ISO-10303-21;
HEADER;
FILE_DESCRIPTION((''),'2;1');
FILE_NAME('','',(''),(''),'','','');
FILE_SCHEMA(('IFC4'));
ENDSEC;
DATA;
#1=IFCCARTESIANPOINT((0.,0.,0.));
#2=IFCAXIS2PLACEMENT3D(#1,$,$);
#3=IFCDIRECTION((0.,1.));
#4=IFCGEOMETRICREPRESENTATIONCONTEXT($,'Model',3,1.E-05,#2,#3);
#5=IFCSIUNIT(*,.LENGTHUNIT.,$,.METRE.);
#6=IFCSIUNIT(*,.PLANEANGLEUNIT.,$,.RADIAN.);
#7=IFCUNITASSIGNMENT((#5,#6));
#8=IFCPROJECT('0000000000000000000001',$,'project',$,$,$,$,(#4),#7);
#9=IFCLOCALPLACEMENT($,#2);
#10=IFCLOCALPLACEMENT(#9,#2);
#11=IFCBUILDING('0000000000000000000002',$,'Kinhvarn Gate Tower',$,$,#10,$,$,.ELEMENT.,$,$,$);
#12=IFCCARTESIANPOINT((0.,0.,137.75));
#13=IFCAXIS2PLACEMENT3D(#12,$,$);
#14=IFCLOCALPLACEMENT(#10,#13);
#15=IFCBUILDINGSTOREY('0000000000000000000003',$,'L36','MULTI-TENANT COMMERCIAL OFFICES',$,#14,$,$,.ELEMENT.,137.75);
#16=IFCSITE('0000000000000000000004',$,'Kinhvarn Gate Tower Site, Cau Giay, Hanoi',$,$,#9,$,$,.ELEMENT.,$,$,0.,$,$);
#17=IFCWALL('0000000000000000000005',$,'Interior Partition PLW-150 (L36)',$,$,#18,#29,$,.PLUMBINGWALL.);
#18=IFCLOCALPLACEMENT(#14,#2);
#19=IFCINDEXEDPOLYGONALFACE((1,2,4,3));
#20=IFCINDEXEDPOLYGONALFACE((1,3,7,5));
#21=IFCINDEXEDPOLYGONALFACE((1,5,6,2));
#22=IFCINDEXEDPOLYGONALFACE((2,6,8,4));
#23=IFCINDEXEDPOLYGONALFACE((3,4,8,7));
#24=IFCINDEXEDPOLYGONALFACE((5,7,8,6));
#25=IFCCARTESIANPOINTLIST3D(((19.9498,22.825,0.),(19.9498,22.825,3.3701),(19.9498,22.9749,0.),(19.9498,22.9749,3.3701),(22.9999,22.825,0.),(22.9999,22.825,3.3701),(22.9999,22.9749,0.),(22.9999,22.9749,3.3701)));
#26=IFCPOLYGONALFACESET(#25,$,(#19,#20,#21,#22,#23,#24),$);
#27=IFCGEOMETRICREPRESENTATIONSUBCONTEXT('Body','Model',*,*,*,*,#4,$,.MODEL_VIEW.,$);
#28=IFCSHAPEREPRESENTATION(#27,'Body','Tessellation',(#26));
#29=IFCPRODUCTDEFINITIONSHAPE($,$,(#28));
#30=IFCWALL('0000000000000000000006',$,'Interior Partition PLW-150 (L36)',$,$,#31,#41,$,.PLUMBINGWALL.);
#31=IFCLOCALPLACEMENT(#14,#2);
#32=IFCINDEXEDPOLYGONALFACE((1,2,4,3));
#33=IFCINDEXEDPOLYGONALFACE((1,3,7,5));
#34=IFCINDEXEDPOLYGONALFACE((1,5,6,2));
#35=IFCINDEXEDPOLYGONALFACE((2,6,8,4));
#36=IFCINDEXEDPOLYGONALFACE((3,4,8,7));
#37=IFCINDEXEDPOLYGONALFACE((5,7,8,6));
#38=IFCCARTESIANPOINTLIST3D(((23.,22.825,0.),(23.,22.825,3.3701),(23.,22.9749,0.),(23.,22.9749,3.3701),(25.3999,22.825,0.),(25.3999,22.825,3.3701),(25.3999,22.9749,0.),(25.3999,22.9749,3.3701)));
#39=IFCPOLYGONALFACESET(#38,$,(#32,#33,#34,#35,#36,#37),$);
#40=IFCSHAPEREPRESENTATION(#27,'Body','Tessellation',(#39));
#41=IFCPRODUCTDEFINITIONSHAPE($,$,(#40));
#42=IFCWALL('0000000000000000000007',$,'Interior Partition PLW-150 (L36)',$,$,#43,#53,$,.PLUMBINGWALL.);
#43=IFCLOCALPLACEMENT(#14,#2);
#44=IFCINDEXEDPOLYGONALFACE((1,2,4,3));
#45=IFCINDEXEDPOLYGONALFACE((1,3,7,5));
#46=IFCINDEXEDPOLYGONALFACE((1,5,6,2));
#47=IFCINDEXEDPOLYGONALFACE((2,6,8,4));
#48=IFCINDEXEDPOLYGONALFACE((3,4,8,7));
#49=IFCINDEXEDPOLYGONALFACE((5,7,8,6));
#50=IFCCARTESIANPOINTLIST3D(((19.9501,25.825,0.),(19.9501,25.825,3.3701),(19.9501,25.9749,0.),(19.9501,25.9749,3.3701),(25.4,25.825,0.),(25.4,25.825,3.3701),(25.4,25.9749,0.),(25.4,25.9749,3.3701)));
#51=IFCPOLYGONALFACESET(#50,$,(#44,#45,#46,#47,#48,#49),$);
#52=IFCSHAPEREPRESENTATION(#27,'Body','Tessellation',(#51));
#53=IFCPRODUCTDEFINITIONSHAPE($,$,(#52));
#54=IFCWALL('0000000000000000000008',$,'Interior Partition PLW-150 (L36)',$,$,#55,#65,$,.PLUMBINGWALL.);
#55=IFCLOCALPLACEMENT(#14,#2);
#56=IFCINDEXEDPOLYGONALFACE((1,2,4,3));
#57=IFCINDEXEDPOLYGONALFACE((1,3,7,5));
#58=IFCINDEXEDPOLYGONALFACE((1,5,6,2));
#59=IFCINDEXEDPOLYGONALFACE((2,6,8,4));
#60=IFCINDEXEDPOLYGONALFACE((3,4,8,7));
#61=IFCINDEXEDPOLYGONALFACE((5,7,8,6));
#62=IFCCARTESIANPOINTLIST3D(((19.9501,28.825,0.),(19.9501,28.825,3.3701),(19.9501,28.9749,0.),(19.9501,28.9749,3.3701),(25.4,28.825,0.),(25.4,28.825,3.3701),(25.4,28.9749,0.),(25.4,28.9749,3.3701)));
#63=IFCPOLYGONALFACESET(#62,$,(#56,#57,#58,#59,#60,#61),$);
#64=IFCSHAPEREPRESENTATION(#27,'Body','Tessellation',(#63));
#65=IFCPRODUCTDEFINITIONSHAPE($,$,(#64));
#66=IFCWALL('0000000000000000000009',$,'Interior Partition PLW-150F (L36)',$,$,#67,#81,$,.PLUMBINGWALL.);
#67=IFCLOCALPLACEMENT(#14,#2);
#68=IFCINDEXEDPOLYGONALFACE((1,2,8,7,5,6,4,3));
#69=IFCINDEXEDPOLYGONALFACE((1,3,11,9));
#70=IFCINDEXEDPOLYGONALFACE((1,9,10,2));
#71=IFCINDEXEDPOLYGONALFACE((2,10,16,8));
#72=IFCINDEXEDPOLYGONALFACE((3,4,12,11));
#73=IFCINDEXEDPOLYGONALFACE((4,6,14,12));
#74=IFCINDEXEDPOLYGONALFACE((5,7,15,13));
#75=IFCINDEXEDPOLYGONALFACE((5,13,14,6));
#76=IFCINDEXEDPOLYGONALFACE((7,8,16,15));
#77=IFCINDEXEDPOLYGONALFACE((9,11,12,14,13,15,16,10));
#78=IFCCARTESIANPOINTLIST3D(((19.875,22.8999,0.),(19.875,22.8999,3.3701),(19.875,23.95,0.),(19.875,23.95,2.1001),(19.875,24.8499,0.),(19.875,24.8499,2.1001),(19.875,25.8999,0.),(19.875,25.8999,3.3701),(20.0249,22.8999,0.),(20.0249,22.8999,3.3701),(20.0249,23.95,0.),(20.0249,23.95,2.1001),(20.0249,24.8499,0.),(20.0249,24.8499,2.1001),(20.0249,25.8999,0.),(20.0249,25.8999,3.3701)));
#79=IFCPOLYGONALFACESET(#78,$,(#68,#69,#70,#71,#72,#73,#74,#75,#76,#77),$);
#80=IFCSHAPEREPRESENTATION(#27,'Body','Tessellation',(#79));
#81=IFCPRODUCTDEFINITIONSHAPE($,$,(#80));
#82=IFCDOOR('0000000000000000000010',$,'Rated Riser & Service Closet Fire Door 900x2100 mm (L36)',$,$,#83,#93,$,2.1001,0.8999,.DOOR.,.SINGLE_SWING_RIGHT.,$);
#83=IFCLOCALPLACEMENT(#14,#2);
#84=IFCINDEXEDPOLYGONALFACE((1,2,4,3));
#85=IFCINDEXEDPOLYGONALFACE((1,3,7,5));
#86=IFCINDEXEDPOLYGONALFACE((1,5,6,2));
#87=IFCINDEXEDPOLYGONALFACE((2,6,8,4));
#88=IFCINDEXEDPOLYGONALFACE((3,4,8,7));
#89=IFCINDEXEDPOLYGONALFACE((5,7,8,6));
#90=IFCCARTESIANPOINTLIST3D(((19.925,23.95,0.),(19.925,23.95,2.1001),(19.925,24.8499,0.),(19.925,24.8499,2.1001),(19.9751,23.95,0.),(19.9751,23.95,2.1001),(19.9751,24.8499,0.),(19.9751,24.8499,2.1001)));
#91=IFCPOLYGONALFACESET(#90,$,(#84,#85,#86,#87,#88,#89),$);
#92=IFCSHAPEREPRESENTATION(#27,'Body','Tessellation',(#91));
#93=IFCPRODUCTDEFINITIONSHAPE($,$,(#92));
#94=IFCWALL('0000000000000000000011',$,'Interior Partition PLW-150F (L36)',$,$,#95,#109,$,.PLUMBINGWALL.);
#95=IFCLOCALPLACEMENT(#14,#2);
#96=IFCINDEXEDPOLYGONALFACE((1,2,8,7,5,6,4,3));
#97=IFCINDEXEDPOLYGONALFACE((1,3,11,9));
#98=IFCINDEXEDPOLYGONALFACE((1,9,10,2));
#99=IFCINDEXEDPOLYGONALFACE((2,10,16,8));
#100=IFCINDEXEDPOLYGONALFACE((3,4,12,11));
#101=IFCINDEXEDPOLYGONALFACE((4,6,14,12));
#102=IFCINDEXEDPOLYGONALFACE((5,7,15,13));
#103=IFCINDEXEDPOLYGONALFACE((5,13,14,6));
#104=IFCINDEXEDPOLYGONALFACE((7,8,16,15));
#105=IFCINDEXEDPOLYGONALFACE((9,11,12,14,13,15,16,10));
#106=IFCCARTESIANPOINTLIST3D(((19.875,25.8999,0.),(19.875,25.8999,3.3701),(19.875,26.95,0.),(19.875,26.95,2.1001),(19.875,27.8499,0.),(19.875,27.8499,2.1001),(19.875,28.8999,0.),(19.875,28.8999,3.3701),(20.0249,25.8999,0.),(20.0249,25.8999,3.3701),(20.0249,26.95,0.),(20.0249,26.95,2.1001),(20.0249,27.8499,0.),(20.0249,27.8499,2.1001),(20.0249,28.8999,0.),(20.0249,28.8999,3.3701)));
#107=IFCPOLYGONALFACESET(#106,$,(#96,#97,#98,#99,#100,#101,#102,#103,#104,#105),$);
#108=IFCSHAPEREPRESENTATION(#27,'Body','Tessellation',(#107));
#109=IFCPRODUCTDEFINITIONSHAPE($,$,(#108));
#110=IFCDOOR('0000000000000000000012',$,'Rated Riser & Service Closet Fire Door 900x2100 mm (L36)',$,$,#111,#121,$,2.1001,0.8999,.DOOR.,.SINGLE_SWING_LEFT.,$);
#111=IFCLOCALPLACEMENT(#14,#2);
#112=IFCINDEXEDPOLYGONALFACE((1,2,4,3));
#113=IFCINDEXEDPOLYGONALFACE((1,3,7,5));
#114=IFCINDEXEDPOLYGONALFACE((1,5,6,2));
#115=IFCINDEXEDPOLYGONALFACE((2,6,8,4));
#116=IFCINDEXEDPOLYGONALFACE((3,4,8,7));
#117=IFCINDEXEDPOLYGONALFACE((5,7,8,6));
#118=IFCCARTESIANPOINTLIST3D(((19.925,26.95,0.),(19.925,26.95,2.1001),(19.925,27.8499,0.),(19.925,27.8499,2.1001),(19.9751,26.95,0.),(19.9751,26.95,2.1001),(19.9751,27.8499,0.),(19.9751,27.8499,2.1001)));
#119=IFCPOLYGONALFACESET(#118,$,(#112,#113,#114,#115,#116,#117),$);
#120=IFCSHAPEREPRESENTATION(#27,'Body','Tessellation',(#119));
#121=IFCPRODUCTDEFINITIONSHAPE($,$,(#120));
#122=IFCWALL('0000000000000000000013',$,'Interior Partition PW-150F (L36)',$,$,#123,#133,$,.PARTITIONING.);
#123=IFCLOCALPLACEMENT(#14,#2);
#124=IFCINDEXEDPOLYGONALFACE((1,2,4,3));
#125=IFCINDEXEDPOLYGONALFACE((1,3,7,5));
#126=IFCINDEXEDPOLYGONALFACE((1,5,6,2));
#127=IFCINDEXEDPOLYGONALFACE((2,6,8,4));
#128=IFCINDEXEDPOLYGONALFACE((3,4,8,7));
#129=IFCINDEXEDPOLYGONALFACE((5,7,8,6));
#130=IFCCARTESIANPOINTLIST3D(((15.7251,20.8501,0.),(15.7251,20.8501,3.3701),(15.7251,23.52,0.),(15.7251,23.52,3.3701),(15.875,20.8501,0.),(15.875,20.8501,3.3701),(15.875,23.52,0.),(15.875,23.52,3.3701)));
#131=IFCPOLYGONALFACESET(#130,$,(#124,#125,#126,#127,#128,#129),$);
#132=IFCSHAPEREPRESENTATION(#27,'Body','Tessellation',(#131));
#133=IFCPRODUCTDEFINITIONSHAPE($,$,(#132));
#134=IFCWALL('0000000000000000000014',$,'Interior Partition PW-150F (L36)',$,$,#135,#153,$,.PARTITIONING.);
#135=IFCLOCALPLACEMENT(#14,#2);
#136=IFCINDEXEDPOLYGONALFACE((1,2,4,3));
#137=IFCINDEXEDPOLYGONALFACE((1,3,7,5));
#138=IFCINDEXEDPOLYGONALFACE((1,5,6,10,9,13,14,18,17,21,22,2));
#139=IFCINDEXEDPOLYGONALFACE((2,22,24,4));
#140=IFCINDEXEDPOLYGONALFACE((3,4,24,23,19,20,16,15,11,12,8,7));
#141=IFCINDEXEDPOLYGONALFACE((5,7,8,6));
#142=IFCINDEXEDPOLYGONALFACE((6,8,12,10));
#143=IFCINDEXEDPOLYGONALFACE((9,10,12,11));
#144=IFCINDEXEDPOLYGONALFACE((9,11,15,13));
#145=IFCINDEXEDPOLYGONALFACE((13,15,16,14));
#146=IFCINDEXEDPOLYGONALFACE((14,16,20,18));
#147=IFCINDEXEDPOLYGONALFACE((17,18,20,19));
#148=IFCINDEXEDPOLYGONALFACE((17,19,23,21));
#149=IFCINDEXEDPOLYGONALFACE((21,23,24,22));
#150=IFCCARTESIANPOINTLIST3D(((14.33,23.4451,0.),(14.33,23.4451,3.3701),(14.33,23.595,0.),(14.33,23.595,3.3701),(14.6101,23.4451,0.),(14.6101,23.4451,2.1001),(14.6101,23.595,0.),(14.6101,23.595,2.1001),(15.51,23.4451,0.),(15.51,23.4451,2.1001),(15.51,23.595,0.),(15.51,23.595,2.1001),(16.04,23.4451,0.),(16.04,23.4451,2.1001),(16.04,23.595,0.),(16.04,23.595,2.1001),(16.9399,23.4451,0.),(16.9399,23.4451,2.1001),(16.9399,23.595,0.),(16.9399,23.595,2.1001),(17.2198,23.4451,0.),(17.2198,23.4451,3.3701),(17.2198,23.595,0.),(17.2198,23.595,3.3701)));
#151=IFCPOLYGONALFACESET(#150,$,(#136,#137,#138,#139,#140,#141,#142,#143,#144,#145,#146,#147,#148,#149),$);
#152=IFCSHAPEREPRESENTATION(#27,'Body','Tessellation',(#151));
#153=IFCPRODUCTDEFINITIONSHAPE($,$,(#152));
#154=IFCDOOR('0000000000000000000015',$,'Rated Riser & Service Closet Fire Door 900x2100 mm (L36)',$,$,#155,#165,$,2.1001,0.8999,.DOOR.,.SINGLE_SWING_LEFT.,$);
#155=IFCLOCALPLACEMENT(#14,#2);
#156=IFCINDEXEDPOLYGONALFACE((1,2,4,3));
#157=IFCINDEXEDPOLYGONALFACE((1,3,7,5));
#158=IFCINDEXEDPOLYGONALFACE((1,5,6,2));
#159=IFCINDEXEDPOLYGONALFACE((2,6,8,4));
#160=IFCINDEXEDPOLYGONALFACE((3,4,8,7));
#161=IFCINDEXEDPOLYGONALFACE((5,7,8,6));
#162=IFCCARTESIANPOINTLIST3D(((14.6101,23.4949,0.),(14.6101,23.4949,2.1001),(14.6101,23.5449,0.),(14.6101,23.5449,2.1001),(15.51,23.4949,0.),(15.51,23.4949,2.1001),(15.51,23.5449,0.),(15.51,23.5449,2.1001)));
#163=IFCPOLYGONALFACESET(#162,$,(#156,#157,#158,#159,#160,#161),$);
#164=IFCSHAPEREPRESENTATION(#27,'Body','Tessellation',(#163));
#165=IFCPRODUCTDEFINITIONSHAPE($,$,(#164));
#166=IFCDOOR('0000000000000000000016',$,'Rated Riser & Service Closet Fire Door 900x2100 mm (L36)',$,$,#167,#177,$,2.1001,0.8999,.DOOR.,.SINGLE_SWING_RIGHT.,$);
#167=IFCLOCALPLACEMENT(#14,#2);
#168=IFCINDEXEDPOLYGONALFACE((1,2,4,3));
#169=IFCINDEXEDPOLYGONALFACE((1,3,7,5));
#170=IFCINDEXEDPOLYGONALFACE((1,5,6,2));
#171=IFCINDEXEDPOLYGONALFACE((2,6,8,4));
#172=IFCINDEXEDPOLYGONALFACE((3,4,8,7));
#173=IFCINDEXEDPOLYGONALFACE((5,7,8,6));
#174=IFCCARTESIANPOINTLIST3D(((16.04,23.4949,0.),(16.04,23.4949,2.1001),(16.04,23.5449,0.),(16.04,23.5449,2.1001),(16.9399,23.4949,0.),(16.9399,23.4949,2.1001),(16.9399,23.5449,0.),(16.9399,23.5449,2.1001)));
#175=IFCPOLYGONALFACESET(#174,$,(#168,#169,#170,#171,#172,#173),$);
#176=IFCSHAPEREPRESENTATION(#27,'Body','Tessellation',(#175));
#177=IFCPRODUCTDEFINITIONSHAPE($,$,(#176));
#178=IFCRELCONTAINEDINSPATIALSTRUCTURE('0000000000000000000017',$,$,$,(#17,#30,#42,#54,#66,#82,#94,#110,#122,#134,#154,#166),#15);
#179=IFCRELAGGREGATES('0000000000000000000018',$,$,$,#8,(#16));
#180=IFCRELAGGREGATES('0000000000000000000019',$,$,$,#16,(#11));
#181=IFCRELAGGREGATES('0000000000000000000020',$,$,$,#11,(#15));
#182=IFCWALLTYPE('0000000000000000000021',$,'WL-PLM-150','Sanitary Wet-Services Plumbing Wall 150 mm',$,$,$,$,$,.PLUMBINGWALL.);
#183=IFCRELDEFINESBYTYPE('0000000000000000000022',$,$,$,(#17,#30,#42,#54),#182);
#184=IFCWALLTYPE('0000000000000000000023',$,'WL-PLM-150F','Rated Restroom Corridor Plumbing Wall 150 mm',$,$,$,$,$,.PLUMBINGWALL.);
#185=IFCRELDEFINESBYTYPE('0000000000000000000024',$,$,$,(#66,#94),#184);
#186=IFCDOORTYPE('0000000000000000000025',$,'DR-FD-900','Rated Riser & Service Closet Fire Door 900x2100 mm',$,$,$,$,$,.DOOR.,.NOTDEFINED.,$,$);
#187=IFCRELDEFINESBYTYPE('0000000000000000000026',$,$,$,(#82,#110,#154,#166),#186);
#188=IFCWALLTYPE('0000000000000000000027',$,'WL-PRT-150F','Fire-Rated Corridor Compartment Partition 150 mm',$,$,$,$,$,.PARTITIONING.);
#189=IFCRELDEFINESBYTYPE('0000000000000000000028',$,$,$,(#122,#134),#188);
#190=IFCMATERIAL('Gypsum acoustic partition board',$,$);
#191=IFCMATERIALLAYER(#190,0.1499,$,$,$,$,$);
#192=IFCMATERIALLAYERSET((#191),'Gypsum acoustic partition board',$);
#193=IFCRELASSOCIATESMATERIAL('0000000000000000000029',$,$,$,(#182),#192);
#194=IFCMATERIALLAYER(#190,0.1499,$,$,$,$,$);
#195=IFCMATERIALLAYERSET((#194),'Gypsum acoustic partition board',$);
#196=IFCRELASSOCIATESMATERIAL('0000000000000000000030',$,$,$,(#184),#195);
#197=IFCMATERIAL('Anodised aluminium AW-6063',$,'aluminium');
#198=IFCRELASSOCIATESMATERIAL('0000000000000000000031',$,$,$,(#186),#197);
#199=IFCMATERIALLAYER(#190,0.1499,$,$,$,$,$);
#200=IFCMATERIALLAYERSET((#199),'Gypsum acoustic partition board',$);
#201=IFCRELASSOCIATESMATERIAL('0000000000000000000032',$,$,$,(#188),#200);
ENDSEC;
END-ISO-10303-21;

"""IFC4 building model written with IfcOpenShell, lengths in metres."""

from ifc_helpers import new_model, si_unit, direction, frame, frame_2d, origin, place, context, subcontext, project, spatial, rectangle, extrude, material, layer, layer_set, type_object, element, fill, save


model = new_model("IFC4")

# Units and contexts
model_context = context("Model", 3, precision=1e-05, world=origin(), true_north=direction((0.0, 1.0)))
body_context = subcontext(model_context, "Body", "Model", "MODEL_VIEW")
ifc_project = project(units=[si_unit("LENGTHUNIT", "METRE"), si_unit("PLANEANGLEUNIT", "RADIAN")], contexts=[model_context])

# Site, building, storey
site_placement = place(None, origin())
site = spatial("IfcSite", under=ifc_project, at=site_placement, Name="Kinhvarn Gate Tower Site, Cau Giay, Hanoi", CompositionType="ELEMENT", RefElevation=0.0)
building_placement = place(site_placement, origin())
building = spatial("IfcBuilding", under=site, at=building_placement, Name="Kinhvarn Gate Tower", CompositionType="ELEMENT")
storey_placement = place(building_placement, frame((0.0, 0.0, 137.75)))
storey = spatial("IfcBuildingStorey", under=building, at=storey_placement, Name="L36", Description="MULTI-TENANT COMMERCIAL OFFICES", CompositionType="ELEMENT", Elevation=137.75)

# Shared definitions
ifc_material_1 = material(Name="Anodised aluminium AW-6063", Category="aluminium")

# Walls
ifc_material_2 = material(Name="Gypsum acoustic partition board")
ifc_layer_1 = layer(ifc_material_2, 0.1499)
ifc_layer_set_1 = layer_set([ifc_layer_1], Name="Gypsum acoustic partition board")
wall_type_1 = type_object("IfcWallType", Name="WL-PLM-150", Description="Sanitary Wet-Services Plumbing Wall 150 mm", PredefinedType="PLUMBINGWALL", material=ifc_layer_set_1)
wall_1_placement = place(storey_placement, frame((19.95, 22.8999, 0.0), z_axis=(0.0, 0.0, 1.0), x_axis=(1.0, 0.0, 0.0)))
element("IfcWall", 1, at=wall_1_placement, inside=storey, type_object=wall_type_1, Name="Interior Partition PLW-150 (L36)", PredefinedType="PLUMBINGWALL", context=body_context, shape_type="SweptSolid", body=[
    extrude(rectangle(XDim=3.05, YDim=0.1499, at=frame_2d((1.5249, 0.0))), origin(), (0.0, 0.0, 1.0), 3.3701),
])
wall_2_placement = place(storey_placement, frame((23.0, 22.8999, 0.0), z_axis=(0.0, 0.0, 1.0), x_axis=(1.0, 0.0, 0.0)))
element("IfcWall", 2, at=wall_2_placement, inside=storey, type_object=wall_type_1, Name="Interior Partition PLW-150 (L36)", PredefinedType="PLUMBINGWALL", context=body_context, shape_type="SweptSolid", body=[
    extrude(rectangle(XDim=2.3999, YDim=0.1499, at=frame_2d((1.2, 0.0))), origin(), (0.0, 0.0, 1.0), 3.3701),
])
for number, where, z_axis, x_axis, name in (
    (3, (19.95, 25.8999, 0.0), (0.0, 0.0, 1.0), (1.0, 0.0, 0.0), "Interior Partition PLW-150 (L36)"),
    (4, (19.95, 28.8999, 0.0), (0.0, 0.0, 1.0), (1.0, 0.0, 0.0), "Interior Partition PLW-150 (L36)"),
):
    element("IfcWall", number, at=place(storey_placement, frame(where, z_axis=z_axis, x_axis=x_axis)), inside=storey, type_object=wall_type_1, Name=name, PredefinedType="PLUMBINGWALL", context=body_context, shape_type="SweptSolid", body=[
        extrude(rectangle(XDim=5.45, YDim=0.1499, at=frame_2d((2.7251, 0.0))), origin(), (0.0, 0.0, 1.0), 3.3701),
    ])

# Walls, openings, doors
ifc_layer_2 = layer(ifc_material_2, 0.1499)
ifc_layer_set_2 = layer_set([ifc_layer_2], Name="Gypsum acoustic partition board")
wall_type_2 = type_object("IfcWallType", Name="WL-PLM-150F", Description="Rated Restroom Corridor Plumbing Wall 150 mm", PredefinedType="PLUMBINGWALL", material=ifc_layer_set_2)
wall_3_placement = place(storey_placement, frame((19.95, 22.8999, 0.0), z_axis=(0.0, 0.0, 1.0), x_axis=(0.0, 1.0, 0.0)))
wall_3 = element("IfcWall", 5, at=wall_3_placement, inside=storey, type_object=wall_type_2, Name="Interior Partition PLW-150F (L36)", PredefinedType="PLUMBINGWALL", context=body_context, shape_type="SweptSolid", body=[
    extrude(rectangle(XDim=3.0, YDim=0.1499, at=frame_2d((1.5, 0.0))), origin(), (0.0, 0.0, 1.0), 3.3701),
])
opening_1_placement = place(wall_3_placement, frame((1.05, 0.0, 0.0)))
opening_1 = element("IfcOpeningElement", 6, at=opening_1_placement, cuts=wall_3, PredefinedType="OPENING", context=body_context, shape_type="SweptSolid", body=[
    extrude(rectangle(XDim=0.8999, YDim=2.1001, at=frame_2d((0.45, 1.05))), frame((0.0, 0.085, 0.0), z_axis=(0.0, -1.0, 0.0), x_axis=(1.0, 0.0, 0.0)), (0.0, 0.0, 1.0), 0.1699),
])
door_type_1 = type_object("IfcDoorType", Name="DR-FD-900", Description="Rated Riser & Service Closet Fire Door 900x2100 mm", OperationType="NOTDEFINED", PredefinedType="DOOR", material=ifc_material_1)
door_1_placement = place(opening_1_placement, origin())
door_1 = element("IfcDoor", 7, at=door_1_placement, inside=storey, type_object=door_type_1, Name="Rated Riser & Service Closet Fire Door 900x2100 mm (L36)", OperationType="SINGLE_SWING_RIGHT", OverallHeight=2.1001, OverallWidth=0.8999, PredefinedType="DOOR", context=body_context, shape_type="SweptSolid", body=[
    extrude(rectangle(XDim=0.8999, YDim=2.1001, at=frame_2d((0.45, 1.05))), frame((0.0, 0.0249, 0.0), z_axis=(0.0, -1.0, 0.0), x_axis=(1.0, 0.0, 0.0)), (0.0, 0.0, 1.0), 0.05),
])
fill(opening_1, door_1)
wall_4_placement = place(storey_placement, frame((19.95, 25.8999, 0.0), z_axis=(0.0, 0.0, 1.0), x_axis=(0.0, 1.0, 0.0)))
wall_4 = element("IfcWall", 8, at=wall_4_placement, inside=storey, type_object=wall_type_2, Name="Interior Partition PLW-150F (L36)", PredefinedType="PLUMBINGWALL", context=body_context, shape_type="SweptSolid", body=[
    extrude(rectangle(XDim=3.0, YDim=0.1499, at=frame_2d((1.5, 0.0))), origin(), (0.0, 0.0, 1.0), 3.3701),
])
opening_2_placement = place(wall_4_placement, frame((1.05, 0.0, 0.0)))
opening_2 = element("IfcOpeningElement", 9, at=opening_2_placement, cuts=wall_4, PredefinedType="OPENING", context=body_context, shape_type="SweptSolid", body=[
    extrude(rectangle(XDim=0.8999, YDim=2.1001, at=frame_2d((0.45, 1.05))), frame((0.0, 0.085, 0.0), z_axis=(0.0, -1.0, 0.0), x_axis=(1.0, 0.0, 0.0)), (0.0, 0.0, 1.0), 0.1699),
])
door_2_placement = place(opening_2_placement, origin())
door_2 = element("IfcDoor", 10, at=door_2_placement, inside=storey, type_object=door_type_1, Name="Rated Riser & Service Closet Fire Door 900x2100 mm (L36)", OperationType="SINGLE_SWING_LEFT", OverallHeight=2.1001, OverallWidth=0.8999, PredefinedType="DOOR", context=body_context, shape_type="SweptSolid", body=[
    extrude(rectangle(XDim=0.8999, YDim=2.1001, at=frame_2d((0.45, 1.05))), frame((0.0, 0.0249, 0.0), z_axis=(0.0, -1.0, 0.0), x_axis=(1.0, 0.0, 0.0)), (0.0, 0.0, 1.0), 0.05),
])
fill(opening_2, door_2)

# Wall
ifc_layer_3 = layer(ifc_material_2, 0.1499)
ifc_layer_set_3 = layer_set([ifc_layer_3], Name="Gypsum acoustic partition board")
wall_type_3 = type_object("IfcWallType", Name="WL-PRT-150F", Description="Fire-Rated Corridor Compartment Partition 150 mm", PredefinedType="PARTITIONING", material=ifc_layer_set_3)
wall_5_placement = place(storey_placement, frame((15.8, 20.8501, 0.0), z_axis=(0.0, 0.0, 1.0), x_axis=(0.0, 1.0, 0.0)))
element("IfcWall", 11, at=wall_5_placement, inside=storey, type_object=wall_type_3, Name="Interior Partition PW-150F (L36)", PredefinedType="PARTITIONING", context=body_context, shape_type="SweptSolid", body=[
    extrude(rectangle(XDim=2.6699, YDim=0.1499, at=frame_2d((1.335, 0.0))), origin(), (0.0, 0.0, 1.0), 3.3701),
])

# Wall, openings, doors
wall_6_placement = place(storey_placement, frame((14.3301, 23.52, 0.0), z_axis=(0.0, 0.0, 1.0), x_axis=(1.0, 0.0, 0.0)))
wall_6 = element("IfcWall", 12, at=wall_6_placement, inside=storey, type_object=wall_type_3, Name="Interior Partition PW-150F (L36)", PredefinedType="PARTITIONING", context=body_context, shape_type="SweptSolid", body=[
    extrude(rectangle(XDim=2.8899, YDim=0.1499, at=frame_2d((1.4448, 0.0))), origin(), (0.0, 0.0, 1.0), 3.3701),
])
opening_3_placement = place(wall_6_placement, frame((0.28, 0.0, 0.0)))
opening_3 = element("IfcOpeningElement", 13, at=opening_3_placement, cuts=wall_6, PredefinedType="OPENING", context=body_context, shape_type="SweptSolid", body=[
    extrude(rectangle(XDim=0.8999, YDim=2.1001, at=frame_2d((0.45, 1.05))), frame((0.0, 0.085, 0.0), z_axis=(0.0, -1.0, 0.0), x_axis=(1.0, 0.0, 0.0)), (0.0, 0.0, 1.0), 0.1699),
])
opening_4_placement = place(wall_6_placement, frame((1.71, 0.0, 0.0)))
opening_4 = element("IfcOpeningElement", 14, at=opening_4_placement, cuts=wall_6, PredefinedType="OPENING", context=body_context, shape_type="SweptSolid", body=[
    extrude(rectangle(XDim=0.8999, YDim=2.1001, at=frame_2d((0.45, 1.05))), frame((0.0, 0.085, 0.0), z_axis=(0.0, -1.0, 0.0), x_axis=(1.0, 0.0, 0.0)), (0.0, 0.0, 1.0), 0.1699),
])
door_3_placement = place(opening_3_placement, origin())
door_3 = element("IfcDoor", 15, at=door_3_placement, inside=storey, type_object=door_type_1, Name="Rated Riser & Service Closet Fire Door 900x2100 mm (L36)", OperationType="SINGLE_SWING_LEFT", OverallHeight=2.1001, OverallWidth=0.8999, PredefinedType="DOOR", context=body_context, shape_type="SweptSolid", body=[
    extrude(rectangle(XDim=0.8999, YDim=2.1001, at=frame_2d((0.45, 1.05))), frame((0.0, 0.0249, 0.0), z_axis=(0.0, -1.0, 0.0), x_axis=(1.0, 0.0, 0.0)), (0.0, 0.0, 1.0), 0.05),
])
fill(opening_3, door_3)
door_4_placement = place(opening_4_placement, origin())
door_4 = element("IfcDoor", 16, at=door_4_placement, inside=storey, type_object=door_type_1, Name="Rated Riser & Service Closet Fire Door 900x2100 mm (L36)", OperationType="SINGLE_SWING_RIGHT", OverallHeight=2.1001, OverallWidth=0.8999, PredefinedType="DOOR", context=body_context, shape_type="SweptSolid", body=[
    extrude(rectangle(XDim=0.8999, YDim=2.1001, at=frame_2d((0.45, 1.05))), frame((0.0, 0.0249, 0.0), z_axis=(0.0, -1.0, 0.0), x_axis=(1.0, 0.0, 0.0)), (0.0, 0.0, 1.0), 0.05),
])
fill(opening_4, door_4)

save(model, "model.ifc")
